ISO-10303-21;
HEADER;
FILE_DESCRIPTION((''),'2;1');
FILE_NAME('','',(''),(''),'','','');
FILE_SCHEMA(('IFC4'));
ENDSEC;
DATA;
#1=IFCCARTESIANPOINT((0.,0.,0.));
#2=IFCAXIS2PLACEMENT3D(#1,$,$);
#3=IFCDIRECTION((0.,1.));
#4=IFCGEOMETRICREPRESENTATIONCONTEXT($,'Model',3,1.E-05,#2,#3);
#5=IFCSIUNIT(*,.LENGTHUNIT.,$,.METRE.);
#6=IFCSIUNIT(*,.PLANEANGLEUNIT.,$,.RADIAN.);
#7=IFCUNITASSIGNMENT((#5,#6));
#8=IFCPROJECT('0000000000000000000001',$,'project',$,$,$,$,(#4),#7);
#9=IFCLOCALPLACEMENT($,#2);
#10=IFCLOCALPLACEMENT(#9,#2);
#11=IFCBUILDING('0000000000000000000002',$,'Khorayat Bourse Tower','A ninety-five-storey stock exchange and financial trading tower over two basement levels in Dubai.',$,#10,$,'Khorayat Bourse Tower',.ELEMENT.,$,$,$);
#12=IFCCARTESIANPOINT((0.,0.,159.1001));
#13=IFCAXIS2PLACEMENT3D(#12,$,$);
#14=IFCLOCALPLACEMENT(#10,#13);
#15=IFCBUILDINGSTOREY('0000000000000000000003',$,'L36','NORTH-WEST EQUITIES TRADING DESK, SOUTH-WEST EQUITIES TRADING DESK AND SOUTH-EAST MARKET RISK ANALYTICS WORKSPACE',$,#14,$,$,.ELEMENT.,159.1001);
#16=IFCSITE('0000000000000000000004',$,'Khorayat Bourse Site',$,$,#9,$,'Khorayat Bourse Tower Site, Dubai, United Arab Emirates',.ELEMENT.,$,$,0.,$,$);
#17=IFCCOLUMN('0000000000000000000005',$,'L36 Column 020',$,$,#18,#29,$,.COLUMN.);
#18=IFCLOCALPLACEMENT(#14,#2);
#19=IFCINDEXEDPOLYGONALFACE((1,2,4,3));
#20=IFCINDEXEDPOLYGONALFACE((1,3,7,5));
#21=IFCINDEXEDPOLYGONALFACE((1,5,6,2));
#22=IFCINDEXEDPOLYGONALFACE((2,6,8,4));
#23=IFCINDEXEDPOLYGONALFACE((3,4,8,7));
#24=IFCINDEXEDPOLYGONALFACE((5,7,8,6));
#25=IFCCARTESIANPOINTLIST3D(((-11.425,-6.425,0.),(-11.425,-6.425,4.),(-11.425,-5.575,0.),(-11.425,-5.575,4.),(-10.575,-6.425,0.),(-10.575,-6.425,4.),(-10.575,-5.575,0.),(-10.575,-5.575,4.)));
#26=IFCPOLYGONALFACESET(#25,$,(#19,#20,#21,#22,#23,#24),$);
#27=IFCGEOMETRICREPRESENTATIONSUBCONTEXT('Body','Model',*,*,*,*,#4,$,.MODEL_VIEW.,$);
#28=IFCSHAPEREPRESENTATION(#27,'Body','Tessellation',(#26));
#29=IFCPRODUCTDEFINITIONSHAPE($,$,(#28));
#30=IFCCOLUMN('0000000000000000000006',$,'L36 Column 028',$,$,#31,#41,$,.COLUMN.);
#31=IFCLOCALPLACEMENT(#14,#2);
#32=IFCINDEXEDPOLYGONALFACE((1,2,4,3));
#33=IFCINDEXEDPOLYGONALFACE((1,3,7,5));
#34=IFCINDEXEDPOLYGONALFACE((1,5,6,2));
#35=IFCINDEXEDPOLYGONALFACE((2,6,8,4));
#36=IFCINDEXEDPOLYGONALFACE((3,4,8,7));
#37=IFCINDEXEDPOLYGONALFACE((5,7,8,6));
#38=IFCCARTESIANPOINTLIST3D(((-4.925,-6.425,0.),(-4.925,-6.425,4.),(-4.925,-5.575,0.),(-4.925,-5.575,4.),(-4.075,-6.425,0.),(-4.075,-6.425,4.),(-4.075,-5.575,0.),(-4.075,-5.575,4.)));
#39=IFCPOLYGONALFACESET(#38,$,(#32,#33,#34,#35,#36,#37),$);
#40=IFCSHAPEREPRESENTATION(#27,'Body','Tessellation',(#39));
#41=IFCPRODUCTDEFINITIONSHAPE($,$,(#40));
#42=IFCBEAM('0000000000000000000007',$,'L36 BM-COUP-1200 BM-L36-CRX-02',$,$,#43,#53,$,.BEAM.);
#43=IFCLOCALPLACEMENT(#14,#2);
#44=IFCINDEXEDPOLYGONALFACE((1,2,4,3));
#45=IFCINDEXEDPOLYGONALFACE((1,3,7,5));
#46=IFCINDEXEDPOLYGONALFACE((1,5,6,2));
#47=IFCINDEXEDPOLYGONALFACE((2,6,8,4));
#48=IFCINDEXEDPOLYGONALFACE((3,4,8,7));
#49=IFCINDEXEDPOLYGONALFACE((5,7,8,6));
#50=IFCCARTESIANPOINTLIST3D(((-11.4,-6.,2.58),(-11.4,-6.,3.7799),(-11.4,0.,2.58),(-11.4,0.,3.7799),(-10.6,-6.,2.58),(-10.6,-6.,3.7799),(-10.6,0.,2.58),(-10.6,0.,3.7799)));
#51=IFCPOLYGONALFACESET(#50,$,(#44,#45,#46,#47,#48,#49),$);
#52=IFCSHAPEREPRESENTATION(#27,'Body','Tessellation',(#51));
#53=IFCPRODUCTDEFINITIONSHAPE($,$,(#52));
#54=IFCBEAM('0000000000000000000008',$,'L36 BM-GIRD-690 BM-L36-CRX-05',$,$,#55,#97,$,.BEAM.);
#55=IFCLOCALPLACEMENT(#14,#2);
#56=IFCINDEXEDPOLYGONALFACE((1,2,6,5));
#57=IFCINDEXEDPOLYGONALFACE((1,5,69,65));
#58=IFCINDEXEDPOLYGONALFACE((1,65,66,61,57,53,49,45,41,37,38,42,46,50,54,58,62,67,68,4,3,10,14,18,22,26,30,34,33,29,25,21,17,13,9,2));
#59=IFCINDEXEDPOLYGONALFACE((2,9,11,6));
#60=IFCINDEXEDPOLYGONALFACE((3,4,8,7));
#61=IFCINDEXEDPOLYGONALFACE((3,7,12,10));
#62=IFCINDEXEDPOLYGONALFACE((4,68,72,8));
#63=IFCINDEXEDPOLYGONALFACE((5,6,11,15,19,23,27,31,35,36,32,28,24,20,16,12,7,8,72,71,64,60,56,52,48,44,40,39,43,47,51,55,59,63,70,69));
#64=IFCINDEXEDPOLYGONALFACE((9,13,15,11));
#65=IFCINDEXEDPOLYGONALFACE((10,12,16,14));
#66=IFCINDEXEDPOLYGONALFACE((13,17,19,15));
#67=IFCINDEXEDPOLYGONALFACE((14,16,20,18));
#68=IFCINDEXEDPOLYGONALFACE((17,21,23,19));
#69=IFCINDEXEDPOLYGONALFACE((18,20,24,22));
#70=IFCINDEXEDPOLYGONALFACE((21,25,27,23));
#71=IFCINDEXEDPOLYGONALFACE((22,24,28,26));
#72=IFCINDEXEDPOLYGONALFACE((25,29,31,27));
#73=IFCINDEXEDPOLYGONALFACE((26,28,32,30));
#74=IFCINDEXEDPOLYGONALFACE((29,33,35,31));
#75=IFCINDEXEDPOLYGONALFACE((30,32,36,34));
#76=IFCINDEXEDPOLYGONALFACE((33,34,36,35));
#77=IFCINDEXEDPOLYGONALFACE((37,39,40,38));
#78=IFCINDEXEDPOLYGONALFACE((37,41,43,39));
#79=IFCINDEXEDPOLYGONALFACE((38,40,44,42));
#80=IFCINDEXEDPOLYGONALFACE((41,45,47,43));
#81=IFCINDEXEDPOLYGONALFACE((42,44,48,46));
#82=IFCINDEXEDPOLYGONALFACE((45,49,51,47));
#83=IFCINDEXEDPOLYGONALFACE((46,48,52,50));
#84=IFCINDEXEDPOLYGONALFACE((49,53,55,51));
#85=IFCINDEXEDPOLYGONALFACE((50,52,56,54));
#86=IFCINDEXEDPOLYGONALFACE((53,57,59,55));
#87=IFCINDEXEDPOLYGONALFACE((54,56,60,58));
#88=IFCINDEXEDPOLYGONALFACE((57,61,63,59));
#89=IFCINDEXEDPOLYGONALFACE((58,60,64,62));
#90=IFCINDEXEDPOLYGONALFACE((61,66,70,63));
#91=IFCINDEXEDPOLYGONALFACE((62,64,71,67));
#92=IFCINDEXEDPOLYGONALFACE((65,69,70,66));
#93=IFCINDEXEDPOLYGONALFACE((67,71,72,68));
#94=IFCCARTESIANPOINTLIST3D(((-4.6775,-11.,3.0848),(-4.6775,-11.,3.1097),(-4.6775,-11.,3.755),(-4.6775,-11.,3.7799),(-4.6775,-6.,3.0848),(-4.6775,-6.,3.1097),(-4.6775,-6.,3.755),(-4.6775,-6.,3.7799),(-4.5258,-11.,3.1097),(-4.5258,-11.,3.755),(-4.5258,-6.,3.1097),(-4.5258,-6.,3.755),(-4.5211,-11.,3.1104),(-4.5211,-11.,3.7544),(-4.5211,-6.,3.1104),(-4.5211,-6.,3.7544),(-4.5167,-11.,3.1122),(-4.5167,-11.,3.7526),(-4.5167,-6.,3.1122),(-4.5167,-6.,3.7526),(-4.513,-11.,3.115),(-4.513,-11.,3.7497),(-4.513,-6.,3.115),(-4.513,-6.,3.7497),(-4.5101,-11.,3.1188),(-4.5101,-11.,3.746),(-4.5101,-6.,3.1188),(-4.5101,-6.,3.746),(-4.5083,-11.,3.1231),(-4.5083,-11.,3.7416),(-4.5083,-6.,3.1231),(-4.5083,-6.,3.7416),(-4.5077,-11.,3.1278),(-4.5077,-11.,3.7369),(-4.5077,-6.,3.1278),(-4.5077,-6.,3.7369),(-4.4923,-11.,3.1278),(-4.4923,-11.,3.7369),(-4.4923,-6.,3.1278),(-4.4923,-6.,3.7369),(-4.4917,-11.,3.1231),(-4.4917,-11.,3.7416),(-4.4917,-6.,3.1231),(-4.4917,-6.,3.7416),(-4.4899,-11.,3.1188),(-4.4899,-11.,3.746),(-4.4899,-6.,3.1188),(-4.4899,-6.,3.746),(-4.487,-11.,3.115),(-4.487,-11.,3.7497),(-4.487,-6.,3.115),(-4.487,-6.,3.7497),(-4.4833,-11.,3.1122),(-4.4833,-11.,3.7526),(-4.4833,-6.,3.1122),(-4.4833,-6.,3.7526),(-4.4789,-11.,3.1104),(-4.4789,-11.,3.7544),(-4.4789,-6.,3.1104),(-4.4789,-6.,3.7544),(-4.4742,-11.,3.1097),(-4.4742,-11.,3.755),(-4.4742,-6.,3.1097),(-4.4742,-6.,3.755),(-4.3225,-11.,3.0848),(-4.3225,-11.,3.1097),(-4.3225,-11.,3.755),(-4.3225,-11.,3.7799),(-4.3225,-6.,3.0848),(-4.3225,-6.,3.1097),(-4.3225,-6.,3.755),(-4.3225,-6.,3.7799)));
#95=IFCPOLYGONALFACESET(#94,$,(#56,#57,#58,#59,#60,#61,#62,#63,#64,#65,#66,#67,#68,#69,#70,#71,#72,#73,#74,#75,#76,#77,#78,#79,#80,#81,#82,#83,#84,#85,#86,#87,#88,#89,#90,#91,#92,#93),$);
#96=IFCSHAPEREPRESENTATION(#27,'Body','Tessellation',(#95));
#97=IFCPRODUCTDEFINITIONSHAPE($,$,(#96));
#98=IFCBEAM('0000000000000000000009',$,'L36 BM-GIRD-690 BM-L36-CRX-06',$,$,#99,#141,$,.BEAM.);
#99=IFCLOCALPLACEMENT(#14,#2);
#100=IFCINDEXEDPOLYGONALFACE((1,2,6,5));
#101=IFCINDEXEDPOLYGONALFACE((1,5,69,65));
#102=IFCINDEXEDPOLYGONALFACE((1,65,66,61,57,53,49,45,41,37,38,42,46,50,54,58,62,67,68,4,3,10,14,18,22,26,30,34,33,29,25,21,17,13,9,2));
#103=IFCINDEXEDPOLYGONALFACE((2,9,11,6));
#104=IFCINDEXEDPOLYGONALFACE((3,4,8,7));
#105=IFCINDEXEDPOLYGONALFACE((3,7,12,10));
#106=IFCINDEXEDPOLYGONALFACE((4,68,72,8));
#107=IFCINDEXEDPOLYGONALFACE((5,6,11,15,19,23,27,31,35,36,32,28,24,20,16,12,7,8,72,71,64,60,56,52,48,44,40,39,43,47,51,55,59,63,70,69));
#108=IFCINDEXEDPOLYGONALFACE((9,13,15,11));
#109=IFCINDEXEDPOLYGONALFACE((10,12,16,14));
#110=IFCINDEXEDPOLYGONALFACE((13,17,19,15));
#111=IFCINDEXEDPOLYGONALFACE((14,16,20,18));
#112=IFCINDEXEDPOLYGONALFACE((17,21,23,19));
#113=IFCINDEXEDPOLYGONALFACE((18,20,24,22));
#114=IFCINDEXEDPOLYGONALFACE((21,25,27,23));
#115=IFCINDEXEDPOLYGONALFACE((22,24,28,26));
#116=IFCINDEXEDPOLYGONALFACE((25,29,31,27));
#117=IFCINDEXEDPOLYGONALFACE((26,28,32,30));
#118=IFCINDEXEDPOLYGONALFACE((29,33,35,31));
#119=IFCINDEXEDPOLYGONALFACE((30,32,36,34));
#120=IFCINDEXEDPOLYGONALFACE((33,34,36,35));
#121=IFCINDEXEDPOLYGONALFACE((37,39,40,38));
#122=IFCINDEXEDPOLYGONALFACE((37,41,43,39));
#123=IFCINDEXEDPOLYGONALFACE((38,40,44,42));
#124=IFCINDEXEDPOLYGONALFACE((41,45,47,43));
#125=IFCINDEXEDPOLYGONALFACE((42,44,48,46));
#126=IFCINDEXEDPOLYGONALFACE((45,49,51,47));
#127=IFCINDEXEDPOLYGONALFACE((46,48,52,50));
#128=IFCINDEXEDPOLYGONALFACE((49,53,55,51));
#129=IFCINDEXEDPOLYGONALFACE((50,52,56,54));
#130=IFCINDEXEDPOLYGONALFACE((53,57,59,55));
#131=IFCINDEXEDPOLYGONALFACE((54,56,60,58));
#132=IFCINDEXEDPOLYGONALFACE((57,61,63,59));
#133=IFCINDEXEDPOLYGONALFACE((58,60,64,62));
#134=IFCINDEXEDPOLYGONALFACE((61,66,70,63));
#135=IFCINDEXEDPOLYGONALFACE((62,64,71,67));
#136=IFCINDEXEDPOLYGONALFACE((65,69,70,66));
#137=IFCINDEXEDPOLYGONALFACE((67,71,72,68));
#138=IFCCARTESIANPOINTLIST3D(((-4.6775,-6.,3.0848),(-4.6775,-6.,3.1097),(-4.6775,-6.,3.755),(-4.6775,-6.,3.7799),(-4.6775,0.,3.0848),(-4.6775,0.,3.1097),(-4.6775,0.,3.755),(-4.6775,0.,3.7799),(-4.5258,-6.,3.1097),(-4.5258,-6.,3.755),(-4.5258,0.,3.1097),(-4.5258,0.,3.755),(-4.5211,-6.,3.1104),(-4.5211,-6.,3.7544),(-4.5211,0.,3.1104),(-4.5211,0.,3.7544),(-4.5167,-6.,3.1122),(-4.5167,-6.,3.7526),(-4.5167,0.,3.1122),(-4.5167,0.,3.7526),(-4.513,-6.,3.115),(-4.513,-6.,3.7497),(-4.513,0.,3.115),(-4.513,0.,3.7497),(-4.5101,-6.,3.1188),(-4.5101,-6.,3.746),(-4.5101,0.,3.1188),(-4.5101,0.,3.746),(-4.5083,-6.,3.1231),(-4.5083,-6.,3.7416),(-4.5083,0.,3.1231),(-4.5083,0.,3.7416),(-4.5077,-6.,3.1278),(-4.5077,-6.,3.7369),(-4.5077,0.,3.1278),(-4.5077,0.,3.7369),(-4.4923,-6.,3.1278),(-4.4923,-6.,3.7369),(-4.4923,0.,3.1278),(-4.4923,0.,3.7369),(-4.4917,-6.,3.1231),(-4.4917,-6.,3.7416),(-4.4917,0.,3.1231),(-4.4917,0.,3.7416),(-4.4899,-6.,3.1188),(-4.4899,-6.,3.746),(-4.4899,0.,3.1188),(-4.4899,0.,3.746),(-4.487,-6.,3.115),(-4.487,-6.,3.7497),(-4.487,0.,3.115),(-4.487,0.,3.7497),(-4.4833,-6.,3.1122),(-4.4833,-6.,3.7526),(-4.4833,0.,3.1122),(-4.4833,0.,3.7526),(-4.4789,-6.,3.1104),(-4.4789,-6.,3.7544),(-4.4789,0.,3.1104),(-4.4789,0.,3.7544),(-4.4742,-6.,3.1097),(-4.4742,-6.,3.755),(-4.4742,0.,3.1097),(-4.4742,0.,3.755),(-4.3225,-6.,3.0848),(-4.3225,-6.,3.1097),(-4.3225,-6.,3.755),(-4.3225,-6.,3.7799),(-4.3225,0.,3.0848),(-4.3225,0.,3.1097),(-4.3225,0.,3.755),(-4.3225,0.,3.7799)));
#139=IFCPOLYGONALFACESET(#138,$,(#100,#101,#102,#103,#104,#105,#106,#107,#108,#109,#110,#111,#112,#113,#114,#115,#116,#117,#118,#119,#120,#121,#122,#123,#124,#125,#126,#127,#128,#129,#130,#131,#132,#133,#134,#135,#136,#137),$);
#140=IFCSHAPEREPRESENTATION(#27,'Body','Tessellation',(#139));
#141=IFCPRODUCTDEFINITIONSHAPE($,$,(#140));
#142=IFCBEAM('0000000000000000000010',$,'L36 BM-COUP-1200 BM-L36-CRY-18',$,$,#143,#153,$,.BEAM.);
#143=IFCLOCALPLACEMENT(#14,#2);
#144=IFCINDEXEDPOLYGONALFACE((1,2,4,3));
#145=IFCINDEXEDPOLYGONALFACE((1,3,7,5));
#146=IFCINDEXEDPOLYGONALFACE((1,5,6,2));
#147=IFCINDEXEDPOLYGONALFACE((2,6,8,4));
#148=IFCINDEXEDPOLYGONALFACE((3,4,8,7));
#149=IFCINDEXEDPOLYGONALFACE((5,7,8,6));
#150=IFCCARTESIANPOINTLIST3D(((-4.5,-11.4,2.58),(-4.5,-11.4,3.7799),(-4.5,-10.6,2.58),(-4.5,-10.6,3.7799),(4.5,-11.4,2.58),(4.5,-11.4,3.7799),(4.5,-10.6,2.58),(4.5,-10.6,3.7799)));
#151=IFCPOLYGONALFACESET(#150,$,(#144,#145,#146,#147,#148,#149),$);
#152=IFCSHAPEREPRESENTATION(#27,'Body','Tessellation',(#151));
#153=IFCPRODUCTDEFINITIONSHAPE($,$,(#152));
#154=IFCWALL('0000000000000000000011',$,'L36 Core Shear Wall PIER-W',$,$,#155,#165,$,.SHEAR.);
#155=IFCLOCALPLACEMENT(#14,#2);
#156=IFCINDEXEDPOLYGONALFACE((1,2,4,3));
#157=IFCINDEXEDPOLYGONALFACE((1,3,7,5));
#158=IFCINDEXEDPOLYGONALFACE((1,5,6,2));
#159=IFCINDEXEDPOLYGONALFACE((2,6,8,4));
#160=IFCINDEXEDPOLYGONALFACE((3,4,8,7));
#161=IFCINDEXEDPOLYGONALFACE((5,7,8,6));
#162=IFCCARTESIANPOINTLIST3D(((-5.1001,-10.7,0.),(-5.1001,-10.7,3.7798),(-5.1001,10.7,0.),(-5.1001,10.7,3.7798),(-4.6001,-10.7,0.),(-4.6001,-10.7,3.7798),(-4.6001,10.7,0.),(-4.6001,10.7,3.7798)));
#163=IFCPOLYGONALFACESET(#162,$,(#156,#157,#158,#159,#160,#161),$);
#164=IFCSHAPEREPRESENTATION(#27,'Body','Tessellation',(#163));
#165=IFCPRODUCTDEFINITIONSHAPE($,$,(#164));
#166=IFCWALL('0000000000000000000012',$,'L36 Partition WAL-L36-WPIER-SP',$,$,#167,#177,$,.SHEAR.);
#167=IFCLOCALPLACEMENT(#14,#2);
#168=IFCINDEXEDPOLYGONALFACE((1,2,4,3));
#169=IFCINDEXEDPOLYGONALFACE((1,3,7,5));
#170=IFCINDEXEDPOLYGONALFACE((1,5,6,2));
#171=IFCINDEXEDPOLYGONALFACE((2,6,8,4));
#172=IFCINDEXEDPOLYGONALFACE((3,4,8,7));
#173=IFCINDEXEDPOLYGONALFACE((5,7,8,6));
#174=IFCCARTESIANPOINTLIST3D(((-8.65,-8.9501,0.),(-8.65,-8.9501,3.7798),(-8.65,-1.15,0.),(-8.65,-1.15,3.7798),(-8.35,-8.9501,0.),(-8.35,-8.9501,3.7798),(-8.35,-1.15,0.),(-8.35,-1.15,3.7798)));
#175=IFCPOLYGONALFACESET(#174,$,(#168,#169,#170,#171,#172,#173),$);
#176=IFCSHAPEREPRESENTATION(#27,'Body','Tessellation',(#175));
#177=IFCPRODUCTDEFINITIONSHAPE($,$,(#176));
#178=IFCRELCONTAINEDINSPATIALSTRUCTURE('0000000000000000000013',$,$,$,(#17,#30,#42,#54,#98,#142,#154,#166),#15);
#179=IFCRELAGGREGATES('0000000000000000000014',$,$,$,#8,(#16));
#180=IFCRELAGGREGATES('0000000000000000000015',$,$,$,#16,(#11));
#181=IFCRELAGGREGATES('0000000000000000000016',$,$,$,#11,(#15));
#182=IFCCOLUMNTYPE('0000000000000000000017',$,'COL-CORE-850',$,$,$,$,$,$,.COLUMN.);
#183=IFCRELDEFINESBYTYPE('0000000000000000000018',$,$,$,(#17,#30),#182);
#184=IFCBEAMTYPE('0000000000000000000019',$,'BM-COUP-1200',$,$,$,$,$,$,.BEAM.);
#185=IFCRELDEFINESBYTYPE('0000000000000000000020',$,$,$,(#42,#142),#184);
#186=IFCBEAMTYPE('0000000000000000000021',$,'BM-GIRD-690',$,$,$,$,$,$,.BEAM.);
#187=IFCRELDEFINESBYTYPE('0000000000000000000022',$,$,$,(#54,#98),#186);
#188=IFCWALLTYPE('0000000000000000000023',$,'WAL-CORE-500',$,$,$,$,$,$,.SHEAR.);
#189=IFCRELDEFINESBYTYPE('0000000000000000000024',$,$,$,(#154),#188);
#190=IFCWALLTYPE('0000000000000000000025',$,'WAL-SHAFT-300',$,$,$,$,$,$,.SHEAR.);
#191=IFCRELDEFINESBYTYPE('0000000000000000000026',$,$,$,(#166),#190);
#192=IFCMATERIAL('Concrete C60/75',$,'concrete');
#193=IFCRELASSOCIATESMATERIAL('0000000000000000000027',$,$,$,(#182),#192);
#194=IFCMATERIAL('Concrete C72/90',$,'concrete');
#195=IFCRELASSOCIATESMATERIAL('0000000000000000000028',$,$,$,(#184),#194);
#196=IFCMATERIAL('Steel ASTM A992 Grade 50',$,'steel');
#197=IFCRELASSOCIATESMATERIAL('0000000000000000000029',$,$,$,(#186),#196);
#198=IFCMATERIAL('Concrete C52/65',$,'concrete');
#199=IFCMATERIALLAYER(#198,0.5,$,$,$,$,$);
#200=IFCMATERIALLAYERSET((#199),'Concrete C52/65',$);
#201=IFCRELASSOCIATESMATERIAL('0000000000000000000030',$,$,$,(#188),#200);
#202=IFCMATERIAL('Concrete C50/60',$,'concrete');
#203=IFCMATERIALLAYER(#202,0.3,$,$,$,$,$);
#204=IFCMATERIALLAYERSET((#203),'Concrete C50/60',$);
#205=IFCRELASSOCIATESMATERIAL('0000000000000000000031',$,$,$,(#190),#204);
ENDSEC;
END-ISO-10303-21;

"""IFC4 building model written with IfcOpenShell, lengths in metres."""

from ifc_helpers import new_model, si_unit, direction, frame, frame_2d, origin, origin_2d, place, context, subcontext, project, spatial, rectangle, i_section, extrude, source, transform, mapped, material, layer, layer_set, material_profile, profile_set, type_object, element, save


model = new_model("IFC4")

# Units and contexts
model_context = context("Model", 3, precision=1e-05, world=origin(), true_north=direction((0.0, 1.0)))
body_context = subcontext(model_context, "Body", "Model", "MODEL_VIEW")
ifc_project = project(units=[si_unit("LENGTHUNIT", "METRE"), si_unit("PLANEANGLEUNIT", "RADIAN")], contexts=[model_context])

# Site, building, storey
site_placement = place(None, origin())
site = spatial("IfcSite", under=ifc_project, at=site_placement, Name="Khorayat Bourse Site", LongName="Khorayat Bourse Tower Site, Dubai, United Arab Emirates", CompositionType="ELEMENT", RefElevation=0.0)
building_placement = place(site_placement, origin())
building = spatial("IfcBuilding", under=site, at=building_placement, Name="Khorayat Bourse Tower", Description="A ninety-five-storey stock exchange and financial trading tower over two basement levels in Dubai.", LongName="Khorayat Bourse Tower", CompositionType="ELEMENT")
storey_placement = place(building_placement, frame((0.0, 0.0, 159.1001)))
storey = spatial("IfcBuildingStorey", under=building, at=storey_placement, Name="L36", Description="NORTH-WEST EQUITIES TRADING DESK, SOUTH-WEST EQUITIES TRADING DESK AND SOUTH-EAST MARKET RISK ANALYTICS WORKSPACE", CompositionType="ELEMENT", Elevation=159.1001)

# Columns
ifc_material_1 = material(Name="Concrete C60/75", Category="concrete")
ifc_material_profile_1 = material_profile(ifc_material_1, rectangle(XDim=0.8501, YDim=0.8501, at=origin_2d()), Name="RC 850x850")
ifc_profile_set_1 = profile_set([ifc_material_profile_1], Name="Concrete C60/75")
column_type = type_object("IfcColumnType", Name="COL-CORE-850", PredefinedType="COLUMN", material=ifc_profile_set_1)
shared_shape_1 = source(origin(), body_context, "Body", "SweptSolid", [
    extrude(rectangle(XDim=0.8501, YDim=0.8501, at=origin_2d()), origin(), (0.0, 0.0, 1.0), 4.0),
])
for number, where, z_axis, x_axis, name in (
    (1, (-11.0, -6.0, 0.0), (0.0, 0.0, 1.0), (1.0, 0.0, 0.0), "L36 Column 020"),
    (2, (-4.5, -6.0, 0.0), (0.0, 0.0, 1.0), (1.0, 0.0, 0.0), "L36 Column 028"),
):
    element("IfcColumn", number, at=place(storey_placement, frame(where, z_axis=z_axis, x_axis=x_axis)), inside=storey, type_object=column_type, Name=name, PredefinedType="COLUMN", context=body_context, shape_type="MappedRepresentation", body=[
        mapped(shared_shape_1, transform((0.0, 0.0, 0.0), scale=1.0)),
    ])

# Beams
ifc_material_2 = material(Name="Concrete C72/90", Category="concrete")
ifc_material_profile_2 = material_profile(ifc_material_2, rectangle(XDim=0.8, YDim=1.2, at=origin_2d()), Name="RC 800x1200")
ifc_profile_set_2 = profile_set([ifc_material_profile_2], Name="Concrete C72/90")
beam_type_1 = type_object("IfcBeamType", Name="BM-COUP-1200", PredefinedType="BEAM", material=ifc_profile_set_2)
shared_shape_2 = source(origin(), body_context, "Body", "SweptSolid", [
    extrude(rectangle(XDim=0.8, YDim=1.2, at=origin_2d()), origin(), (0.0, 0.0, 1.0), 6.0),
])
beam_1_placement = place(storey_placement, frame((-11.0, -6.0, 3.1799), z_axis=(0.0, 1.0, 0.0), x_axis=(-1.0, 0.0, 0.0)))
element("IfcBeam", 3, at=beam_1_placement, inside=storey, type_object=beam_type_1, Name="L36 BM-COUP-1200 BM-L36-CRX-02", PredefinedType="BEAM", context=body_context, shape_type="MappedRepresentation", body=[
    mapped(shared_shape_2, transform((0.0, 0.0, 0.0), scale=1.0)),
])
ifc_material_3 = material(Name="Steel ASTM A992 Grade 50", Category="steel")
ifc_material_profile_3 = material_profile(ifc_material_3, i_section(OverallWidth=0.355, OverallDepth=0.6951, WebThickness=0.0154, FlangeThickness=0.0249, FilletRadius=0.0181, at=origin_2d()), Name="W690X217")
ifc_profile_set_3 = profile_set([ifc_material_profile_3], Name="Steel ASTM A992 Grade 50")
beam_type_2 = type_object("IfcBeamType", Name="BM-GIRD-690", PredefinedType="BEAM", material=ifc_profile_set_3)
shared_shape_3 = source(origin(), body_context, "Body", "SweptSolid", [
    extrude(i_section(OverallWidth=0.355, OverallDepth=0.6951, WebThickness=0.0154, FlangeThickness=0.0249, FilletRadius=0.0181, at=origin_2d()), origin(), (0.0, 0.0, 1.0), 5.0),
])
beam_2_placement = place(storey_placement, frame((-4.5, -11.0, 3.4324), z_axis=(0.0, 1.0, 0.0), x_axis=(-1.0, 0.0, 0.0)))
element("IfcBeam", 4, at=beam_2_placement, inside=storey, type_object=beam_type_2, Name="L36 BM-GIRD-690 BM-L36-CRX-05", PredefinedType="BEAM", context=body_context, shape_type="MappedRepresentation", body=[
    mapped(shared_shape_3, transform((0.0, 0.0, 0.0), scale=1.0)),
])
shared_shape_4 = source(origin(), body_context, "Body", "SweptSolid", [
    extrude(i_section(OverallWidth=0.355, OverallDepth=0.6951, WebThickness=0.0154, FlangeThickness=0.0249, FilletRadius=0.0181, at=origin_2d()), origin(), (0.0, 0.0, 1.0), 6.0),
])
beam_3_placement = place(storey_placement, frame((-4.5, -6.0, 3.4324), z_axis=(0.0, 1.0, 0.0), x_axis=(-1.0, 0.0, 0.0)))
element("IfcBeam", 5, at=beam_3_placement, inside=storey, type_object=beam_type_2, Name="L36 BM-GIRD-690 BM-L36-CRX-06", PredefinedType="BEAM", context=body_context, shape_type="MappedRepresentation", body=[
    mapped(shared_shape_4, transform((0.0, 0.0, 0.0), scale=1.0)),
])
shared_shape_5 = source(origin(), body_context, "Body", "SweptSolid", [
    extrude(rectangle(XDim=0.8, YDim=1.2, at=origin_2d()), origin(), (0.0, 0.0, 1.0), 9.0),
])
beam_4_placement = place(storey_placement, frame((-4.5, -11.0, 3.1799), z_axis=(1.0, 0.0, 0.0), x_axis=(0.0, 1.0, 0.0)))
element("IfcBeam", 6, at=beam_4_placement, inside=storey, type_object=beam_type_1, Name="L36 BM-COUP-1200 BM-L36-CRY-18", PredefinedType="BEAM", context=body_context, shape_type="MappedRepresentation", body=[
    mapped(shared_shape_5, transform((0.0, 0.0, 0.0), scale=1.0)),
])

# Walls
ifc_material_4 = material(Name="Concrete C52/65", Category="concrete")
ifc_layer_1 = layer(ifc_material_4, 0.5)
ifc_layer_set_1 = layer_set([ifc_layer_1], Name="Concrete C52/65")
wall_type_1 = type_object("IfcWallType", Name="WAL-CORE-500", PredefinedType="SHEAR", material=ifc_layer_set_1)
shared_shape_6 = source(origin(), body_context, "Body", "SweptSolid", [
    extrude(rectangle(XDim=21.3999, YDim=0.5, at=frame_2d((10.7, 0.0))), origin(), (0.0, 0.0, 1.0), 3.7798),
])
wall_1_placement = place(storey_placement, frame((-4.8501, -10.7, 0.0), z_axis=(0.0, 0.0, 1.0), x_axis=(0.0, 1.0, 0.0)))
element("IfcWall", 7, at=wall_1_placement, inside=storey, type_object=wall_type_1, Name="L36 Core Shear Wall PIER-W", PredefinedType="SHEAR", context=body_context, shape_type="MappedRepresentation", body=[
    mapped(shared_shape_6, transform((0.0, 0.0, 0.0), scale=1.0)),
])
ifc_material_5 = material(Name="Concrete C50/60", Category="concrete")
ifc_layer_2 = layer(ifc_material_5, 0.3)
ifc_layer_set_2 = layer_set([ifc_layer_2], Name="Concrete C50/60")
wall_type_2 = type_object("IfcWallType", Name="WAL-SHAFT-300", PredefinedType="SHEAR", material=ifc_layer_set_2)
shared_shape_7 = source(origin(), body_context, "Body", "SweptSolid", [
    extrude(rectangle(XDim=7.8, YDim=0.3, at=frame_2d((3.8999, 0.0))), origin(), (0.0, 0.0, 1.0), 3.7798),
])
wall_2_placement = place(storey_placement, frame((-8.5, -8.95, 0.0), z_axis=(0.0, 0.0, 1.0), x_axis=(0.0, 1.0, 0.0)))
element("IfcWall", 8, at=wall_2_placement, inside=storey, type_object=wall_type_2, Name="L36 Partition WAL-L36-WPIER-SP", PredefinedType="SHEAR", context=body_context, shape_type="MappedRepresentation", body=[
    mapped(shared_shape_7, transform((0.0, 0.0, 0.0), scale=1.0)),
])

save(model, "model.ifc")
